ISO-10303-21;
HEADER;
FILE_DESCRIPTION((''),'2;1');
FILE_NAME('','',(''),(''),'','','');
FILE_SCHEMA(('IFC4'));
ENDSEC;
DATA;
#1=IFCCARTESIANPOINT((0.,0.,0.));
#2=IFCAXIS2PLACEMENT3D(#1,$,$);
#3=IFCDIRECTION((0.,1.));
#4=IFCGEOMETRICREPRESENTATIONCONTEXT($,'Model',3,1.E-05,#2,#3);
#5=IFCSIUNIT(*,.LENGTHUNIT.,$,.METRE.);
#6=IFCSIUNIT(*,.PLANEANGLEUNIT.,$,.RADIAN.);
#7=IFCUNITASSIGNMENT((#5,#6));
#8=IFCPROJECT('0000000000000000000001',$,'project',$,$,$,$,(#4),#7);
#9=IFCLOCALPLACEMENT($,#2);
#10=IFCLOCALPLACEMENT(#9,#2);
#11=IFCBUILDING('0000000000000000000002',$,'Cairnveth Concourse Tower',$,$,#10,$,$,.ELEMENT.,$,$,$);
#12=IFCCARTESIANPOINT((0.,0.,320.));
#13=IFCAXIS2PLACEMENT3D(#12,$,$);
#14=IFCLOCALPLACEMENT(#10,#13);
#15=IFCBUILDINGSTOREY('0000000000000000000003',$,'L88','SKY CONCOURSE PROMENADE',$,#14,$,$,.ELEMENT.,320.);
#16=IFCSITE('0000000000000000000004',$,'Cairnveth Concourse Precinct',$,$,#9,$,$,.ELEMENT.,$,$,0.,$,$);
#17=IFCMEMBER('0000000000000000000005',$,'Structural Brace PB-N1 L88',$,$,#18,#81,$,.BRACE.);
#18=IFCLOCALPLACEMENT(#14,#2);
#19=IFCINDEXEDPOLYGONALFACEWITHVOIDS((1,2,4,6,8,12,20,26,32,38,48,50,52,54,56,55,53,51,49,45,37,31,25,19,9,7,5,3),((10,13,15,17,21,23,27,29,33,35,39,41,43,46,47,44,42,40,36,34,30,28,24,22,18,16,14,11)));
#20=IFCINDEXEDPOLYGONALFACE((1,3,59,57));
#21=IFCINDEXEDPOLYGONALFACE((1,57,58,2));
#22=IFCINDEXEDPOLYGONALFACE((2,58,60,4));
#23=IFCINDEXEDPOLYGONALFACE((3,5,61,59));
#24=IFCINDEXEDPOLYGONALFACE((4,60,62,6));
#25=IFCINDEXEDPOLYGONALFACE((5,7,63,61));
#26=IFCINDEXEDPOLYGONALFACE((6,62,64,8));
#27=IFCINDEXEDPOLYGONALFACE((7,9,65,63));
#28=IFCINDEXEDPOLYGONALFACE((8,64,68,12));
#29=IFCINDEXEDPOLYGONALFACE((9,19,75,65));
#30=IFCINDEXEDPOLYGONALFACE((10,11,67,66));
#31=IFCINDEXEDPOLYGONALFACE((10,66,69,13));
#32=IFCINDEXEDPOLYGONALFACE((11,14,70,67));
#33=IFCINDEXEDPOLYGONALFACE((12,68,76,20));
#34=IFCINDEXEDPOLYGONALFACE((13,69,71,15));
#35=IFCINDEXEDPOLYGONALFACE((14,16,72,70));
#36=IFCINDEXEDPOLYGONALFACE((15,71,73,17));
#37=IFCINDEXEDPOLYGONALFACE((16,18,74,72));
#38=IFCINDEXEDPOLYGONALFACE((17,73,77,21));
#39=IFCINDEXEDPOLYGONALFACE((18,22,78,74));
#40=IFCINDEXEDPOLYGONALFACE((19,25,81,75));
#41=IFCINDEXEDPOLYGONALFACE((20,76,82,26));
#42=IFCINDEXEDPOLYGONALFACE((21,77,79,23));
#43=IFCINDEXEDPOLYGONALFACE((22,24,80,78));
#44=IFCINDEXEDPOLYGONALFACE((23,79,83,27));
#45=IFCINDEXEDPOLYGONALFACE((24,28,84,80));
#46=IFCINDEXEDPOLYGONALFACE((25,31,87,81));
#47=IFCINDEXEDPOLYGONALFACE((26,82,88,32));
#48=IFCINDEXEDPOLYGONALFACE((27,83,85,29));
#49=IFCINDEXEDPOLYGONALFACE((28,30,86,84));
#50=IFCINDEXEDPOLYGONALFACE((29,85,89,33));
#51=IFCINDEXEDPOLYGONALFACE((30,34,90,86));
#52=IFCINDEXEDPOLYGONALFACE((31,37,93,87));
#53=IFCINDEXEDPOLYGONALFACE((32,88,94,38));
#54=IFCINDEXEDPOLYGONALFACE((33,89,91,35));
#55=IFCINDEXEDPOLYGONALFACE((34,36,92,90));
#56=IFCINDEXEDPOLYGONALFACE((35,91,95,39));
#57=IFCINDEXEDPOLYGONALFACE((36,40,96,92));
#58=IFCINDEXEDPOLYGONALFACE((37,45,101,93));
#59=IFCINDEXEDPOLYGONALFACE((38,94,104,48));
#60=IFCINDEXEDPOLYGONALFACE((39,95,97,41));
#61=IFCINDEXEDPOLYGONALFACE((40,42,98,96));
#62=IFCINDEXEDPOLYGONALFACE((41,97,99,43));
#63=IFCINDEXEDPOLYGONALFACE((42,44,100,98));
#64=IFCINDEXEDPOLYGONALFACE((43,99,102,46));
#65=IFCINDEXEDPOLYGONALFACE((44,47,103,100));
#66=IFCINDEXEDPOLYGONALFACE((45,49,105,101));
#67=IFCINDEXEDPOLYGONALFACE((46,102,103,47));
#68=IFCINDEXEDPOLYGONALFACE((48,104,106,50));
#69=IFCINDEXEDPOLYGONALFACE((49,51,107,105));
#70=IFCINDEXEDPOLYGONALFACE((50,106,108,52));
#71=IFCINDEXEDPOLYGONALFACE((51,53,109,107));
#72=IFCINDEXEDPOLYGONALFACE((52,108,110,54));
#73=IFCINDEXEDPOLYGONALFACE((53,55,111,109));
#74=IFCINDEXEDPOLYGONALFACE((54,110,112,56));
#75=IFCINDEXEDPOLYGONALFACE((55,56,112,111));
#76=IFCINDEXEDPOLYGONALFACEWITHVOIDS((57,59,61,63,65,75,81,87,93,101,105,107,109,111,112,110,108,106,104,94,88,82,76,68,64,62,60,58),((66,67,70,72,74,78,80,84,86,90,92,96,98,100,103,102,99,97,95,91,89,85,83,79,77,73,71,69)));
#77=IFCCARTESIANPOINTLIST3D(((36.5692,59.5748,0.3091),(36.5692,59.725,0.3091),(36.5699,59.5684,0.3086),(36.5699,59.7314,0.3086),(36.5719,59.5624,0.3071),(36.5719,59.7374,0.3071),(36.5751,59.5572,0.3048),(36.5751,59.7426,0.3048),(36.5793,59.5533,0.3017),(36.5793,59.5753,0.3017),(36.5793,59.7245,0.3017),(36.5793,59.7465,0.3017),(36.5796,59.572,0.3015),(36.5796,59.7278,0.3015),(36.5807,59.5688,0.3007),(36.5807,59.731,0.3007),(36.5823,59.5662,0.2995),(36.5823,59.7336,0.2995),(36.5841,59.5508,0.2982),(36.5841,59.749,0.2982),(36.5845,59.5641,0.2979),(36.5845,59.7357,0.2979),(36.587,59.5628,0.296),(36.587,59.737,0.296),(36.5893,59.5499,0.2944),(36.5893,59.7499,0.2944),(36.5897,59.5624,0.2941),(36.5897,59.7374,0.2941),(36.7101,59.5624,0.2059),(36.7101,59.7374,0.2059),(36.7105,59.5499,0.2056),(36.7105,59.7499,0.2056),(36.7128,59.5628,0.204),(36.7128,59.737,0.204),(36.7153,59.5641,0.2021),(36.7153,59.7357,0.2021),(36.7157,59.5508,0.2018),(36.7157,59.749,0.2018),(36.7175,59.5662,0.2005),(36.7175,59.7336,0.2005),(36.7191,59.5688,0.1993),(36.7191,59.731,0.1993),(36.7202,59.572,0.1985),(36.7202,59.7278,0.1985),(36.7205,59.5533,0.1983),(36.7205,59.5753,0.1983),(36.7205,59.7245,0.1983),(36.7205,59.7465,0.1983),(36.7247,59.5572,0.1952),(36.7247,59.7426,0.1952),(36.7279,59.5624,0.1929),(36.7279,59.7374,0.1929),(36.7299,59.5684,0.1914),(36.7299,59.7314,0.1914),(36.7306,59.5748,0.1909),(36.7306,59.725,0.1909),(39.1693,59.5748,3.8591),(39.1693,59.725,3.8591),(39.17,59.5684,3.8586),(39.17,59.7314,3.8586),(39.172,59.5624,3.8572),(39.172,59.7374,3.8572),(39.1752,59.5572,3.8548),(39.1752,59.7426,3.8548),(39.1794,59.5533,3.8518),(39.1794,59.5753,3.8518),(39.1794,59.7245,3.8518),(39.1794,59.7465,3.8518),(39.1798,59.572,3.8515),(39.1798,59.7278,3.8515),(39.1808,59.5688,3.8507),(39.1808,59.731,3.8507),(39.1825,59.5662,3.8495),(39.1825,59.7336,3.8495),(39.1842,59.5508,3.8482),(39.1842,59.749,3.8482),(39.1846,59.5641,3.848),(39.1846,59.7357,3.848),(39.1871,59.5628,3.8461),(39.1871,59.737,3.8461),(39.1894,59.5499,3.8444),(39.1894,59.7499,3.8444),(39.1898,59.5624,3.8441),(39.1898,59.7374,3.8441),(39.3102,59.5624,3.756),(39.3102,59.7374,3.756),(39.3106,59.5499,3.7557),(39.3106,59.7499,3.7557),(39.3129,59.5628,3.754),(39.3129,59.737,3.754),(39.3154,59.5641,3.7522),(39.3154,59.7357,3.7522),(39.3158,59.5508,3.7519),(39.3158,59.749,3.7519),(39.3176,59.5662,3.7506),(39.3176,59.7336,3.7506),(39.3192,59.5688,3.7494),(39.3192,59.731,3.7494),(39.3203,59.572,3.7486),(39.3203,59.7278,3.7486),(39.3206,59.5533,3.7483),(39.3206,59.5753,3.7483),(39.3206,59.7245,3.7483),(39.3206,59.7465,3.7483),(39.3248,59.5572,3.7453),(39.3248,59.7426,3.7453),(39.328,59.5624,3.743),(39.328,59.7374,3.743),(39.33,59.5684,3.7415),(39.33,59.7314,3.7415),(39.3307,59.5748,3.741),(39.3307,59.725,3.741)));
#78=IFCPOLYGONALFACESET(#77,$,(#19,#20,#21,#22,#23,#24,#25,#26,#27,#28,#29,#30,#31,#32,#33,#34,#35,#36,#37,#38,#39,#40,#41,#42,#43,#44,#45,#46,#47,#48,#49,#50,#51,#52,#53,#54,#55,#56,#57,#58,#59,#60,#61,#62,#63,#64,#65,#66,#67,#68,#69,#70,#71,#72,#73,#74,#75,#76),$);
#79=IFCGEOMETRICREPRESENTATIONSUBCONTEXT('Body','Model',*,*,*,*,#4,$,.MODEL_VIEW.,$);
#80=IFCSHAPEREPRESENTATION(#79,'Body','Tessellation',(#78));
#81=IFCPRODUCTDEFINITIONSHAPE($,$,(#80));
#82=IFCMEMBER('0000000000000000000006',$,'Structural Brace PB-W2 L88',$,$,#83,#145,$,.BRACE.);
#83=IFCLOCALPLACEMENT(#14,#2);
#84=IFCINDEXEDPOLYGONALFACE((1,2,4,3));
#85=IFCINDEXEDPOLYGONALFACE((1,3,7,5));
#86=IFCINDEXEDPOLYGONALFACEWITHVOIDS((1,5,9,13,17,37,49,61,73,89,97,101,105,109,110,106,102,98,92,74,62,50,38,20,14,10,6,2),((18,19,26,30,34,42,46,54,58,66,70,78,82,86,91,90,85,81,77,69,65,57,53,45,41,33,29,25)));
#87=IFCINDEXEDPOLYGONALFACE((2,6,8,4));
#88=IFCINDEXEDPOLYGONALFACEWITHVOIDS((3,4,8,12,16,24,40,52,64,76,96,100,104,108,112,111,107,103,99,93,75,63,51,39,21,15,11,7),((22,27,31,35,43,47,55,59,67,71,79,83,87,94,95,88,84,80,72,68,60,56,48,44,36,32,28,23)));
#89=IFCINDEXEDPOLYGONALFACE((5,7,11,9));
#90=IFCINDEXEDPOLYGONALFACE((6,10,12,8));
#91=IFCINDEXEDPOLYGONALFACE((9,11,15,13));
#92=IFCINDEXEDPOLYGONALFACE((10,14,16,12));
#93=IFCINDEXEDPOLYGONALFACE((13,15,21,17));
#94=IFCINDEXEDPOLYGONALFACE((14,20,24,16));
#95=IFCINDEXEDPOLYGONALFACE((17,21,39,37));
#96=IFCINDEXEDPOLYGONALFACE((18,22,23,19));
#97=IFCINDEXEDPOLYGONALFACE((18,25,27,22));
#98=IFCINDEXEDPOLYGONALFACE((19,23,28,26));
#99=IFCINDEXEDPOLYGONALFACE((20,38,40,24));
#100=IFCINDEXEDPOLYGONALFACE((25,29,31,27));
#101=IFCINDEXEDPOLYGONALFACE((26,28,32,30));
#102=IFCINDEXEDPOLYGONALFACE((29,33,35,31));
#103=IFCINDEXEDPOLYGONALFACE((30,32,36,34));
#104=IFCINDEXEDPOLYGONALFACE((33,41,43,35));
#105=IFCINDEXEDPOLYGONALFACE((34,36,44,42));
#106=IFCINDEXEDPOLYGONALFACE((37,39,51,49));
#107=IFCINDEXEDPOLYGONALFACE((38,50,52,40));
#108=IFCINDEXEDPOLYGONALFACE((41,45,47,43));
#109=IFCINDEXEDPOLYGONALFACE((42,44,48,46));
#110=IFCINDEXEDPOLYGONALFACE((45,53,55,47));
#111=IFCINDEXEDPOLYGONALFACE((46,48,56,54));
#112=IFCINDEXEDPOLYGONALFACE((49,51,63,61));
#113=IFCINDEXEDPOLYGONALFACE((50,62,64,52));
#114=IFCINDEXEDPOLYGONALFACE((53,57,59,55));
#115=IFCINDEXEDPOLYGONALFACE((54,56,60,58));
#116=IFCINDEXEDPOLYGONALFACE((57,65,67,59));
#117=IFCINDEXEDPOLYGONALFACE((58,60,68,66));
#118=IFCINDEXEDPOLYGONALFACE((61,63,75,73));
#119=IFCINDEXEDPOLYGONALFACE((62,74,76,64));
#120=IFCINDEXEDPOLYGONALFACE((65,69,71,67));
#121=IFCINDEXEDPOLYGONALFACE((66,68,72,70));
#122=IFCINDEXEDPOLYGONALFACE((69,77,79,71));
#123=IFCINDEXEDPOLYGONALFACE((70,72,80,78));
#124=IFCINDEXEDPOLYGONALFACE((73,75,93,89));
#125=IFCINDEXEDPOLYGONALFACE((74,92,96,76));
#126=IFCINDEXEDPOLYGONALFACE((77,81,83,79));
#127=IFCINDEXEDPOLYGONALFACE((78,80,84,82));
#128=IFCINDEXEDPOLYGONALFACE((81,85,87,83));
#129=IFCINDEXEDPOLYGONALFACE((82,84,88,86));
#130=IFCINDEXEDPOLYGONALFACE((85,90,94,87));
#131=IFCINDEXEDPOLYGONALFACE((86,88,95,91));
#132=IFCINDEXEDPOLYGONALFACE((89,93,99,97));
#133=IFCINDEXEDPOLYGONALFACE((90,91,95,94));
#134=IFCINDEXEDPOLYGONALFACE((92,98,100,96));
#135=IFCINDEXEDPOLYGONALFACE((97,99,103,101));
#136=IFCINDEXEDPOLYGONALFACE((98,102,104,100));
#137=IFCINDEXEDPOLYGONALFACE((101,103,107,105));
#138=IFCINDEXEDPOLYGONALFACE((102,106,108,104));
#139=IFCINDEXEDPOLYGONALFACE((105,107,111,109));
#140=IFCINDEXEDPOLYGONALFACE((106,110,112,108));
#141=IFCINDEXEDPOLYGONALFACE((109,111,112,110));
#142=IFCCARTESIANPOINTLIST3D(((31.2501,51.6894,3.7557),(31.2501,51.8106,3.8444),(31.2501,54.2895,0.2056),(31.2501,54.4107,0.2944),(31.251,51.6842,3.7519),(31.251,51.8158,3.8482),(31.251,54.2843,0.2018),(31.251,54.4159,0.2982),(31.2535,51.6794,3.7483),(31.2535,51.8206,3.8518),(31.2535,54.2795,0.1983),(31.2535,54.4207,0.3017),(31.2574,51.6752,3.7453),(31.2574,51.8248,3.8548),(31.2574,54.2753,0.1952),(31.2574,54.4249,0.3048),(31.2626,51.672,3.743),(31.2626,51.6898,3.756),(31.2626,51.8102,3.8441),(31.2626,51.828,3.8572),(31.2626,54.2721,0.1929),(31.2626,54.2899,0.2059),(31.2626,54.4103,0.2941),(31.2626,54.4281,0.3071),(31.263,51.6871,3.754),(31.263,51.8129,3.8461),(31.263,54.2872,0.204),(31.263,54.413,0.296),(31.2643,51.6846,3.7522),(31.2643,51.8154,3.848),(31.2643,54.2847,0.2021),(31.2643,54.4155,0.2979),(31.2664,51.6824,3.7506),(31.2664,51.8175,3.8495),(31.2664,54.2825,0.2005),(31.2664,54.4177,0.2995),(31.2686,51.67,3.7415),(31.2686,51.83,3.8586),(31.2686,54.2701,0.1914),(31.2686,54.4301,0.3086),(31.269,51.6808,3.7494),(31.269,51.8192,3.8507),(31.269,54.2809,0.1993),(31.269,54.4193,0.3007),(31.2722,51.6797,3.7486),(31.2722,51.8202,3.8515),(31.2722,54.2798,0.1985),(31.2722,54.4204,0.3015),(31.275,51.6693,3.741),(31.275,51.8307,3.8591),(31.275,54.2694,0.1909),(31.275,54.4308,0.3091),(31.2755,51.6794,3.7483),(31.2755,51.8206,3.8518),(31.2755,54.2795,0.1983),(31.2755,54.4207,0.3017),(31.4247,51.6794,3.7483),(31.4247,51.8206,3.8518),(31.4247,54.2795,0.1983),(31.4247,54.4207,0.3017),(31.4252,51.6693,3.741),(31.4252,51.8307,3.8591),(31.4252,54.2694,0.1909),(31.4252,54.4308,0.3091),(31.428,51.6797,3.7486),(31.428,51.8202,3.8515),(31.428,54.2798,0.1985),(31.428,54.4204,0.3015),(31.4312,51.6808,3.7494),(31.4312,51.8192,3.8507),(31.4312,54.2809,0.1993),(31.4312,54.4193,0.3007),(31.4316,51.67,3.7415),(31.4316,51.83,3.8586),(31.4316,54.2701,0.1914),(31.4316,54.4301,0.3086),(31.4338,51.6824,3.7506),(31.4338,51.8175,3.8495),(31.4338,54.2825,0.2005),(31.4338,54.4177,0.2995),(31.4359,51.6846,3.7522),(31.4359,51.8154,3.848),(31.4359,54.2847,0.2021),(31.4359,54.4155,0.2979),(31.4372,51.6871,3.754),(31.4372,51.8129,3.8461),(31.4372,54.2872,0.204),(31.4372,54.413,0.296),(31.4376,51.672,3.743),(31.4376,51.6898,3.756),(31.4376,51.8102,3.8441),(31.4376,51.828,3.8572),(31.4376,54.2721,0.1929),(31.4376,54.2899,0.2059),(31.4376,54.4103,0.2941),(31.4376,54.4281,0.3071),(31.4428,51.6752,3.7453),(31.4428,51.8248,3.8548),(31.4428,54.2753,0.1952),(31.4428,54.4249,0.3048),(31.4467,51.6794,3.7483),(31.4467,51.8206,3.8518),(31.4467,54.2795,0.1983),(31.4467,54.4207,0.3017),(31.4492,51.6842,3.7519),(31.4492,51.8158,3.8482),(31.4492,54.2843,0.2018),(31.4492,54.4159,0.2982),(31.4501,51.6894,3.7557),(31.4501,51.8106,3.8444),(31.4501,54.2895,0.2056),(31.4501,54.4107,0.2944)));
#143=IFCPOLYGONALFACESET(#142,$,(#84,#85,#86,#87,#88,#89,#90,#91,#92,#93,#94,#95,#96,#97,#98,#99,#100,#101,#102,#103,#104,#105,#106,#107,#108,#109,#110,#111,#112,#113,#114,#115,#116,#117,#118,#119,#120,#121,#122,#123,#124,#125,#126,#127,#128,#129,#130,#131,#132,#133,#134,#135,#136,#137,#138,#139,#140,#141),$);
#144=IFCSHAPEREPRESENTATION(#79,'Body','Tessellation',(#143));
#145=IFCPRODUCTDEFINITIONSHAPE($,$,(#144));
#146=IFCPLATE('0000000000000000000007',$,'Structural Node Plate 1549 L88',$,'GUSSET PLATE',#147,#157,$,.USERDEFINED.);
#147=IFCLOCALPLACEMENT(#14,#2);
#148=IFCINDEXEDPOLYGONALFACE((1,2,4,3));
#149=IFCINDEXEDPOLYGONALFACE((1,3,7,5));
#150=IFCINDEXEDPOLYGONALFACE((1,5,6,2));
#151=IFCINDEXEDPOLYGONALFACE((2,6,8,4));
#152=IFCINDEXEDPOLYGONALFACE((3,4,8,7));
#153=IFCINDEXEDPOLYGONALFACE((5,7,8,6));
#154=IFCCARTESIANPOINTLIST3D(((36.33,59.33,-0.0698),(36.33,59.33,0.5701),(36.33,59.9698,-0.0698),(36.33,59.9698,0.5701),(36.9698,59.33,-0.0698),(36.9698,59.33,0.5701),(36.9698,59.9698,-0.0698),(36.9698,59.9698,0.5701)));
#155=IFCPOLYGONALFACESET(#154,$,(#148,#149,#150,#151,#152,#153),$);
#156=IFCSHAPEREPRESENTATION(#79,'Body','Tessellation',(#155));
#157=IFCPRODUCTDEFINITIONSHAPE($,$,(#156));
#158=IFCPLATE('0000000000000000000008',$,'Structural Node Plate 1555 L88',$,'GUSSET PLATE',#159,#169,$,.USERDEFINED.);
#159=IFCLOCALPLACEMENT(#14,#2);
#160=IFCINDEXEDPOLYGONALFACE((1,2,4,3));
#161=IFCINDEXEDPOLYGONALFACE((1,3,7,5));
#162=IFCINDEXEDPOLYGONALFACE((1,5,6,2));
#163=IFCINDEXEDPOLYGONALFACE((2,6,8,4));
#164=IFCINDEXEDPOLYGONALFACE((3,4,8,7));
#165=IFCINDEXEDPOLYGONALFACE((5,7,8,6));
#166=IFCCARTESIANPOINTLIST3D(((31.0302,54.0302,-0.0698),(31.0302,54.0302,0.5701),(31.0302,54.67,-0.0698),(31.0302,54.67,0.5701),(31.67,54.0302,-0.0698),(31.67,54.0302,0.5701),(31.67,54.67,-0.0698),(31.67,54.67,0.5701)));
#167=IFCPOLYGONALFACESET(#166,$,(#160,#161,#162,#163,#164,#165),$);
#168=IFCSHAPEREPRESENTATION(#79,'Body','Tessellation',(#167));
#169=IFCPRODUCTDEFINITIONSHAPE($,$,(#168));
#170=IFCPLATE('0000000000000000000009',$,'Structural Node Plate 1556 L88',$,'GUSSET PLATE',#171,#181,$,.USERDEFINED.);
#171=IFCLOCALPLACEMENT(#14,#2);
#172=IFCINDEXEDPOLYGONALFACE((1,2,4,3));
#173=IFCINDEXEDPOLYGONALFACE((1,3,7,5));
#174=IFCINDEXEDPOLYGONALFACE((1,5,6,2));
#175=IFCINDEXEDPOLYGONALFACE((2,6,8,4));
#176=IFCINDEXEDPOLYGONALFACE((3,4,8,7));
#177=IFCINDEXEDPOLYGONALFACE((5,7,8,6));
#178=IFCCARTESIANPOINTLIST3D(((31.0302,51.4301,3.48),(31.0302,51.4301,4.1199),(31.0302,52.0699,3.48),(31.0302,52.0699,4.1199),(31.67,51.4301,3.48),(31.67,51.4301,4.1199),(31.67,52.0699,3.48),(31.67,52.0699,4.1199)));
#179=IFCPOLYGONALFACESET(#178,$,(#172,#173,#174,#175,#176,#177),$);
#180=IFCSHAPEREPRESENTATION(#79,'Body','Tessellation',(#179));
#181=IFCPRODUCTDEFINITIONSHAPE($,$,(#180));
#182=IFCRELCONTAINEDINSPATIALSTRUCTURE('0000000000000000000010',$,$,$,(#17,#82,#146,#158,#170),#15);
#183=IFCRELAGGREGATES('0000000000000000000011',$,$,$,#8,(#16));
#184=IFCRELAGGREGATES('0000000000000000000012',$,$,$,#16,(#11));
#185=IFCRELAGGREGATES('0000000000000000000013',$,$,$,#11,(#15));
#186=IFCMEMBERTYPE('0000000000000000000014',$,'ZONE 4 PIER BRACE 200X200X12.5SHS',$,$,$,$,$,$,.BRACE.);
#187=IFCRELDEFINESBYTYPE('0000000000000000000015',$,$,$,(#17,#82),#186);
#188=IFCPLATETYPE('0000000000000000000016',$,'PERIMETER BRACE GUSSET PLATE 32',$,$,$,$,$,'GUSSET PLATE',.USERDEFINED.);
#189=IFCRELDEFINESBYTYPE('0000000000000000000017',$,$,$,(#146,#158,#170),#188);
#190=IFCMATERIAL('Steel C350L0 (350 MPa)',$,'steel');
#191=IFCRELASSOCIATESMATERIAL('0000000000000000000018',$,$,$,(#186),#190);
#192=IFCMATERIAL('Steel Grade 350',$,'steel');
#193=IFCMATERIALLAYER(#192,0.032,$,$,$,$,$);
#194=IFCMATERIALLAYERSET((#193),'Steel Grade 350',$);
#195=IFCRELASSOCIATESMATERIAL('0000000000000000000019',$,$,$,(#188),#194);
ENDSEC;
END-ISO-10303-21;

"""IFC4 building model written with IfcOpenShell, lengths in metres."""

from ifc_helpers import new_model, si_unit, direction, frame, origin, origin_2d, place, context, subcontext, project, spatial, rectangle, hollow_rectangle, extrude, material, layer, layer_set, material_profile, profile_set, type_object, element, save


model = new_model("IFC4")

# Units and contexts
model_context = context("Model", 3, precision=1e-05, world=origin(), true_north=direction((0.0, 1.0)))
body_context = subcontext(model_context, "Body", "Model", "MODEL_VIEW")
ifc_project = project(units=[si_unit("LENGTHUNIT", "METRE"), si_unit("PLANEANGLEUNIT", "RADIAN")], contexts=[model_context])

# Site, building, storey
site_placement = place(None, origin())
site = spatial("IfcSite", under=ifc_project, at=site_placement, Name="Cairnveth Concourse Precinct", CompositionType="ELEMENT", RefElevation=0.0)
building_placement = place(site_placement, origin())
building = spatial("IfcBuilding", under=site, at=building_placement, Name="Cairnveth Concourse Tower", CompositionType="ELEMENT")
storey_placement = place(building_placement, frame((0.0, 0.0, 320.0)))
storey = spatial("IfcBuildingStorey", under=building, at=storey_placement, Name="L88", Description="SKY CONCOURSE PROMENADE", CompositionType="ELEMENT", Elevation=320.0)

# Shared definitions
ifc_material_1 = material(Name="Steel Grade 350", Category="steel")

# Members
ifc_material_2 = material(Name="Steel C350L0 (350 MPa)", Category="steel")
ifc_material_profile_1 = material_profile(ifc_material_2, hollow_rectangle(XDim=0.2, YDim=0.2, WallThickness=0.0125, InnerFilletRadius=0.0129, OuterFilletRadius=0.0249, at=origin_2d()), Name="200x200x12.5SHS")
ifc_profile_set_1 = profile_set([ifc_material_profile_1], Name="Steel C350L0 (350 MPa)")
member_type = type_object("IfcMemberType", Name="ZONE 4 PIER BRACE 200X200X12.5SHS", PredefinedType="BRACE", material=ifc_profile_set_1)
for number, where, z_axis, x_axis, name in (
    (1, (36.6499, 59.6499, 0.25), (0.59088, 0.0, 0.806759), (0.0, 1.0, 0.0), "Structural Brace PB-N1 L88"),
    (2, (31.3501, 54.3501, 0.25), (0.0, -0.59088, 0.806759), (1.0, 0.0, 0.0), "Structural Brace PB-W2 L88"),
):
    element("IfcMember", number, at=place(storey_placement, frame(where, z_axis=z_axis, x_axis=x_axis)), inside=storey, type_object=member_type, Name=name, PredefinedType="BRACE", context=body_context, shape_type="SweptSolid", body=[
        extrude(hollow_rectangle(XDim=0.2, YDim=0.2, WallThickness=0.0125, InnerFilletRadius=0.0129, OuterFilletRadius=0.0249, at=origin_2d()), origin(), (0.0, 0.0, 1.0), 4.4004),
    ])

# Plates
ifc_layer_1 = layer(ifc_material_1, 0.032)
ifc_layer_set_1 = layer_set([ifc_layer_1], Name="Steel Grade 350")
plate_type = type_object("IfcPlateType", Name="PERIMETER BRACE GUSSET PLATE 32", ElementType="GUSSET PLATE", PredefinedType="USERDEFINED", material=ifc_layer_set_1)
for number, where, z_axis, x_axis, name in (
    (3, (36.6499, 59.6499, -0.0698), (0.0, 0.0, 1.0), (1.0, 0.0, 0.0), "Structural Node Plate 1549 L88"),
    (4, (31.3501, 54.3501, -0.0698), (0.0, 0.0, 1.0), (1.0, 0.0, 0.0), "Structural Node Plate 1555 L88"),
    (5, (31.3501, 51.75, 3.48), (0.0, 0.0, 1.0), (1.0, 0.0, 0.0), "Structural Node Plate 1556 L88"),
):
    element("IfcPlate", number, at=place(storey_placement, frame(where, z_axis=z_axis, x_axis=x_axis)), inside=storey, type_object=plate_type, Name=name, ObjectType="GUSSET PLATE", PredefinedType="USERDEFINED", context=body_context, shape_type="SweptSolid", body=[
        extrude(rectangle(XDim=0.6399, YDim=0.6399, at=origin_2d()), origin(), (0.0, 0.0, 1.0), 0.6399),
    ])

save(model, "model.ifc")
